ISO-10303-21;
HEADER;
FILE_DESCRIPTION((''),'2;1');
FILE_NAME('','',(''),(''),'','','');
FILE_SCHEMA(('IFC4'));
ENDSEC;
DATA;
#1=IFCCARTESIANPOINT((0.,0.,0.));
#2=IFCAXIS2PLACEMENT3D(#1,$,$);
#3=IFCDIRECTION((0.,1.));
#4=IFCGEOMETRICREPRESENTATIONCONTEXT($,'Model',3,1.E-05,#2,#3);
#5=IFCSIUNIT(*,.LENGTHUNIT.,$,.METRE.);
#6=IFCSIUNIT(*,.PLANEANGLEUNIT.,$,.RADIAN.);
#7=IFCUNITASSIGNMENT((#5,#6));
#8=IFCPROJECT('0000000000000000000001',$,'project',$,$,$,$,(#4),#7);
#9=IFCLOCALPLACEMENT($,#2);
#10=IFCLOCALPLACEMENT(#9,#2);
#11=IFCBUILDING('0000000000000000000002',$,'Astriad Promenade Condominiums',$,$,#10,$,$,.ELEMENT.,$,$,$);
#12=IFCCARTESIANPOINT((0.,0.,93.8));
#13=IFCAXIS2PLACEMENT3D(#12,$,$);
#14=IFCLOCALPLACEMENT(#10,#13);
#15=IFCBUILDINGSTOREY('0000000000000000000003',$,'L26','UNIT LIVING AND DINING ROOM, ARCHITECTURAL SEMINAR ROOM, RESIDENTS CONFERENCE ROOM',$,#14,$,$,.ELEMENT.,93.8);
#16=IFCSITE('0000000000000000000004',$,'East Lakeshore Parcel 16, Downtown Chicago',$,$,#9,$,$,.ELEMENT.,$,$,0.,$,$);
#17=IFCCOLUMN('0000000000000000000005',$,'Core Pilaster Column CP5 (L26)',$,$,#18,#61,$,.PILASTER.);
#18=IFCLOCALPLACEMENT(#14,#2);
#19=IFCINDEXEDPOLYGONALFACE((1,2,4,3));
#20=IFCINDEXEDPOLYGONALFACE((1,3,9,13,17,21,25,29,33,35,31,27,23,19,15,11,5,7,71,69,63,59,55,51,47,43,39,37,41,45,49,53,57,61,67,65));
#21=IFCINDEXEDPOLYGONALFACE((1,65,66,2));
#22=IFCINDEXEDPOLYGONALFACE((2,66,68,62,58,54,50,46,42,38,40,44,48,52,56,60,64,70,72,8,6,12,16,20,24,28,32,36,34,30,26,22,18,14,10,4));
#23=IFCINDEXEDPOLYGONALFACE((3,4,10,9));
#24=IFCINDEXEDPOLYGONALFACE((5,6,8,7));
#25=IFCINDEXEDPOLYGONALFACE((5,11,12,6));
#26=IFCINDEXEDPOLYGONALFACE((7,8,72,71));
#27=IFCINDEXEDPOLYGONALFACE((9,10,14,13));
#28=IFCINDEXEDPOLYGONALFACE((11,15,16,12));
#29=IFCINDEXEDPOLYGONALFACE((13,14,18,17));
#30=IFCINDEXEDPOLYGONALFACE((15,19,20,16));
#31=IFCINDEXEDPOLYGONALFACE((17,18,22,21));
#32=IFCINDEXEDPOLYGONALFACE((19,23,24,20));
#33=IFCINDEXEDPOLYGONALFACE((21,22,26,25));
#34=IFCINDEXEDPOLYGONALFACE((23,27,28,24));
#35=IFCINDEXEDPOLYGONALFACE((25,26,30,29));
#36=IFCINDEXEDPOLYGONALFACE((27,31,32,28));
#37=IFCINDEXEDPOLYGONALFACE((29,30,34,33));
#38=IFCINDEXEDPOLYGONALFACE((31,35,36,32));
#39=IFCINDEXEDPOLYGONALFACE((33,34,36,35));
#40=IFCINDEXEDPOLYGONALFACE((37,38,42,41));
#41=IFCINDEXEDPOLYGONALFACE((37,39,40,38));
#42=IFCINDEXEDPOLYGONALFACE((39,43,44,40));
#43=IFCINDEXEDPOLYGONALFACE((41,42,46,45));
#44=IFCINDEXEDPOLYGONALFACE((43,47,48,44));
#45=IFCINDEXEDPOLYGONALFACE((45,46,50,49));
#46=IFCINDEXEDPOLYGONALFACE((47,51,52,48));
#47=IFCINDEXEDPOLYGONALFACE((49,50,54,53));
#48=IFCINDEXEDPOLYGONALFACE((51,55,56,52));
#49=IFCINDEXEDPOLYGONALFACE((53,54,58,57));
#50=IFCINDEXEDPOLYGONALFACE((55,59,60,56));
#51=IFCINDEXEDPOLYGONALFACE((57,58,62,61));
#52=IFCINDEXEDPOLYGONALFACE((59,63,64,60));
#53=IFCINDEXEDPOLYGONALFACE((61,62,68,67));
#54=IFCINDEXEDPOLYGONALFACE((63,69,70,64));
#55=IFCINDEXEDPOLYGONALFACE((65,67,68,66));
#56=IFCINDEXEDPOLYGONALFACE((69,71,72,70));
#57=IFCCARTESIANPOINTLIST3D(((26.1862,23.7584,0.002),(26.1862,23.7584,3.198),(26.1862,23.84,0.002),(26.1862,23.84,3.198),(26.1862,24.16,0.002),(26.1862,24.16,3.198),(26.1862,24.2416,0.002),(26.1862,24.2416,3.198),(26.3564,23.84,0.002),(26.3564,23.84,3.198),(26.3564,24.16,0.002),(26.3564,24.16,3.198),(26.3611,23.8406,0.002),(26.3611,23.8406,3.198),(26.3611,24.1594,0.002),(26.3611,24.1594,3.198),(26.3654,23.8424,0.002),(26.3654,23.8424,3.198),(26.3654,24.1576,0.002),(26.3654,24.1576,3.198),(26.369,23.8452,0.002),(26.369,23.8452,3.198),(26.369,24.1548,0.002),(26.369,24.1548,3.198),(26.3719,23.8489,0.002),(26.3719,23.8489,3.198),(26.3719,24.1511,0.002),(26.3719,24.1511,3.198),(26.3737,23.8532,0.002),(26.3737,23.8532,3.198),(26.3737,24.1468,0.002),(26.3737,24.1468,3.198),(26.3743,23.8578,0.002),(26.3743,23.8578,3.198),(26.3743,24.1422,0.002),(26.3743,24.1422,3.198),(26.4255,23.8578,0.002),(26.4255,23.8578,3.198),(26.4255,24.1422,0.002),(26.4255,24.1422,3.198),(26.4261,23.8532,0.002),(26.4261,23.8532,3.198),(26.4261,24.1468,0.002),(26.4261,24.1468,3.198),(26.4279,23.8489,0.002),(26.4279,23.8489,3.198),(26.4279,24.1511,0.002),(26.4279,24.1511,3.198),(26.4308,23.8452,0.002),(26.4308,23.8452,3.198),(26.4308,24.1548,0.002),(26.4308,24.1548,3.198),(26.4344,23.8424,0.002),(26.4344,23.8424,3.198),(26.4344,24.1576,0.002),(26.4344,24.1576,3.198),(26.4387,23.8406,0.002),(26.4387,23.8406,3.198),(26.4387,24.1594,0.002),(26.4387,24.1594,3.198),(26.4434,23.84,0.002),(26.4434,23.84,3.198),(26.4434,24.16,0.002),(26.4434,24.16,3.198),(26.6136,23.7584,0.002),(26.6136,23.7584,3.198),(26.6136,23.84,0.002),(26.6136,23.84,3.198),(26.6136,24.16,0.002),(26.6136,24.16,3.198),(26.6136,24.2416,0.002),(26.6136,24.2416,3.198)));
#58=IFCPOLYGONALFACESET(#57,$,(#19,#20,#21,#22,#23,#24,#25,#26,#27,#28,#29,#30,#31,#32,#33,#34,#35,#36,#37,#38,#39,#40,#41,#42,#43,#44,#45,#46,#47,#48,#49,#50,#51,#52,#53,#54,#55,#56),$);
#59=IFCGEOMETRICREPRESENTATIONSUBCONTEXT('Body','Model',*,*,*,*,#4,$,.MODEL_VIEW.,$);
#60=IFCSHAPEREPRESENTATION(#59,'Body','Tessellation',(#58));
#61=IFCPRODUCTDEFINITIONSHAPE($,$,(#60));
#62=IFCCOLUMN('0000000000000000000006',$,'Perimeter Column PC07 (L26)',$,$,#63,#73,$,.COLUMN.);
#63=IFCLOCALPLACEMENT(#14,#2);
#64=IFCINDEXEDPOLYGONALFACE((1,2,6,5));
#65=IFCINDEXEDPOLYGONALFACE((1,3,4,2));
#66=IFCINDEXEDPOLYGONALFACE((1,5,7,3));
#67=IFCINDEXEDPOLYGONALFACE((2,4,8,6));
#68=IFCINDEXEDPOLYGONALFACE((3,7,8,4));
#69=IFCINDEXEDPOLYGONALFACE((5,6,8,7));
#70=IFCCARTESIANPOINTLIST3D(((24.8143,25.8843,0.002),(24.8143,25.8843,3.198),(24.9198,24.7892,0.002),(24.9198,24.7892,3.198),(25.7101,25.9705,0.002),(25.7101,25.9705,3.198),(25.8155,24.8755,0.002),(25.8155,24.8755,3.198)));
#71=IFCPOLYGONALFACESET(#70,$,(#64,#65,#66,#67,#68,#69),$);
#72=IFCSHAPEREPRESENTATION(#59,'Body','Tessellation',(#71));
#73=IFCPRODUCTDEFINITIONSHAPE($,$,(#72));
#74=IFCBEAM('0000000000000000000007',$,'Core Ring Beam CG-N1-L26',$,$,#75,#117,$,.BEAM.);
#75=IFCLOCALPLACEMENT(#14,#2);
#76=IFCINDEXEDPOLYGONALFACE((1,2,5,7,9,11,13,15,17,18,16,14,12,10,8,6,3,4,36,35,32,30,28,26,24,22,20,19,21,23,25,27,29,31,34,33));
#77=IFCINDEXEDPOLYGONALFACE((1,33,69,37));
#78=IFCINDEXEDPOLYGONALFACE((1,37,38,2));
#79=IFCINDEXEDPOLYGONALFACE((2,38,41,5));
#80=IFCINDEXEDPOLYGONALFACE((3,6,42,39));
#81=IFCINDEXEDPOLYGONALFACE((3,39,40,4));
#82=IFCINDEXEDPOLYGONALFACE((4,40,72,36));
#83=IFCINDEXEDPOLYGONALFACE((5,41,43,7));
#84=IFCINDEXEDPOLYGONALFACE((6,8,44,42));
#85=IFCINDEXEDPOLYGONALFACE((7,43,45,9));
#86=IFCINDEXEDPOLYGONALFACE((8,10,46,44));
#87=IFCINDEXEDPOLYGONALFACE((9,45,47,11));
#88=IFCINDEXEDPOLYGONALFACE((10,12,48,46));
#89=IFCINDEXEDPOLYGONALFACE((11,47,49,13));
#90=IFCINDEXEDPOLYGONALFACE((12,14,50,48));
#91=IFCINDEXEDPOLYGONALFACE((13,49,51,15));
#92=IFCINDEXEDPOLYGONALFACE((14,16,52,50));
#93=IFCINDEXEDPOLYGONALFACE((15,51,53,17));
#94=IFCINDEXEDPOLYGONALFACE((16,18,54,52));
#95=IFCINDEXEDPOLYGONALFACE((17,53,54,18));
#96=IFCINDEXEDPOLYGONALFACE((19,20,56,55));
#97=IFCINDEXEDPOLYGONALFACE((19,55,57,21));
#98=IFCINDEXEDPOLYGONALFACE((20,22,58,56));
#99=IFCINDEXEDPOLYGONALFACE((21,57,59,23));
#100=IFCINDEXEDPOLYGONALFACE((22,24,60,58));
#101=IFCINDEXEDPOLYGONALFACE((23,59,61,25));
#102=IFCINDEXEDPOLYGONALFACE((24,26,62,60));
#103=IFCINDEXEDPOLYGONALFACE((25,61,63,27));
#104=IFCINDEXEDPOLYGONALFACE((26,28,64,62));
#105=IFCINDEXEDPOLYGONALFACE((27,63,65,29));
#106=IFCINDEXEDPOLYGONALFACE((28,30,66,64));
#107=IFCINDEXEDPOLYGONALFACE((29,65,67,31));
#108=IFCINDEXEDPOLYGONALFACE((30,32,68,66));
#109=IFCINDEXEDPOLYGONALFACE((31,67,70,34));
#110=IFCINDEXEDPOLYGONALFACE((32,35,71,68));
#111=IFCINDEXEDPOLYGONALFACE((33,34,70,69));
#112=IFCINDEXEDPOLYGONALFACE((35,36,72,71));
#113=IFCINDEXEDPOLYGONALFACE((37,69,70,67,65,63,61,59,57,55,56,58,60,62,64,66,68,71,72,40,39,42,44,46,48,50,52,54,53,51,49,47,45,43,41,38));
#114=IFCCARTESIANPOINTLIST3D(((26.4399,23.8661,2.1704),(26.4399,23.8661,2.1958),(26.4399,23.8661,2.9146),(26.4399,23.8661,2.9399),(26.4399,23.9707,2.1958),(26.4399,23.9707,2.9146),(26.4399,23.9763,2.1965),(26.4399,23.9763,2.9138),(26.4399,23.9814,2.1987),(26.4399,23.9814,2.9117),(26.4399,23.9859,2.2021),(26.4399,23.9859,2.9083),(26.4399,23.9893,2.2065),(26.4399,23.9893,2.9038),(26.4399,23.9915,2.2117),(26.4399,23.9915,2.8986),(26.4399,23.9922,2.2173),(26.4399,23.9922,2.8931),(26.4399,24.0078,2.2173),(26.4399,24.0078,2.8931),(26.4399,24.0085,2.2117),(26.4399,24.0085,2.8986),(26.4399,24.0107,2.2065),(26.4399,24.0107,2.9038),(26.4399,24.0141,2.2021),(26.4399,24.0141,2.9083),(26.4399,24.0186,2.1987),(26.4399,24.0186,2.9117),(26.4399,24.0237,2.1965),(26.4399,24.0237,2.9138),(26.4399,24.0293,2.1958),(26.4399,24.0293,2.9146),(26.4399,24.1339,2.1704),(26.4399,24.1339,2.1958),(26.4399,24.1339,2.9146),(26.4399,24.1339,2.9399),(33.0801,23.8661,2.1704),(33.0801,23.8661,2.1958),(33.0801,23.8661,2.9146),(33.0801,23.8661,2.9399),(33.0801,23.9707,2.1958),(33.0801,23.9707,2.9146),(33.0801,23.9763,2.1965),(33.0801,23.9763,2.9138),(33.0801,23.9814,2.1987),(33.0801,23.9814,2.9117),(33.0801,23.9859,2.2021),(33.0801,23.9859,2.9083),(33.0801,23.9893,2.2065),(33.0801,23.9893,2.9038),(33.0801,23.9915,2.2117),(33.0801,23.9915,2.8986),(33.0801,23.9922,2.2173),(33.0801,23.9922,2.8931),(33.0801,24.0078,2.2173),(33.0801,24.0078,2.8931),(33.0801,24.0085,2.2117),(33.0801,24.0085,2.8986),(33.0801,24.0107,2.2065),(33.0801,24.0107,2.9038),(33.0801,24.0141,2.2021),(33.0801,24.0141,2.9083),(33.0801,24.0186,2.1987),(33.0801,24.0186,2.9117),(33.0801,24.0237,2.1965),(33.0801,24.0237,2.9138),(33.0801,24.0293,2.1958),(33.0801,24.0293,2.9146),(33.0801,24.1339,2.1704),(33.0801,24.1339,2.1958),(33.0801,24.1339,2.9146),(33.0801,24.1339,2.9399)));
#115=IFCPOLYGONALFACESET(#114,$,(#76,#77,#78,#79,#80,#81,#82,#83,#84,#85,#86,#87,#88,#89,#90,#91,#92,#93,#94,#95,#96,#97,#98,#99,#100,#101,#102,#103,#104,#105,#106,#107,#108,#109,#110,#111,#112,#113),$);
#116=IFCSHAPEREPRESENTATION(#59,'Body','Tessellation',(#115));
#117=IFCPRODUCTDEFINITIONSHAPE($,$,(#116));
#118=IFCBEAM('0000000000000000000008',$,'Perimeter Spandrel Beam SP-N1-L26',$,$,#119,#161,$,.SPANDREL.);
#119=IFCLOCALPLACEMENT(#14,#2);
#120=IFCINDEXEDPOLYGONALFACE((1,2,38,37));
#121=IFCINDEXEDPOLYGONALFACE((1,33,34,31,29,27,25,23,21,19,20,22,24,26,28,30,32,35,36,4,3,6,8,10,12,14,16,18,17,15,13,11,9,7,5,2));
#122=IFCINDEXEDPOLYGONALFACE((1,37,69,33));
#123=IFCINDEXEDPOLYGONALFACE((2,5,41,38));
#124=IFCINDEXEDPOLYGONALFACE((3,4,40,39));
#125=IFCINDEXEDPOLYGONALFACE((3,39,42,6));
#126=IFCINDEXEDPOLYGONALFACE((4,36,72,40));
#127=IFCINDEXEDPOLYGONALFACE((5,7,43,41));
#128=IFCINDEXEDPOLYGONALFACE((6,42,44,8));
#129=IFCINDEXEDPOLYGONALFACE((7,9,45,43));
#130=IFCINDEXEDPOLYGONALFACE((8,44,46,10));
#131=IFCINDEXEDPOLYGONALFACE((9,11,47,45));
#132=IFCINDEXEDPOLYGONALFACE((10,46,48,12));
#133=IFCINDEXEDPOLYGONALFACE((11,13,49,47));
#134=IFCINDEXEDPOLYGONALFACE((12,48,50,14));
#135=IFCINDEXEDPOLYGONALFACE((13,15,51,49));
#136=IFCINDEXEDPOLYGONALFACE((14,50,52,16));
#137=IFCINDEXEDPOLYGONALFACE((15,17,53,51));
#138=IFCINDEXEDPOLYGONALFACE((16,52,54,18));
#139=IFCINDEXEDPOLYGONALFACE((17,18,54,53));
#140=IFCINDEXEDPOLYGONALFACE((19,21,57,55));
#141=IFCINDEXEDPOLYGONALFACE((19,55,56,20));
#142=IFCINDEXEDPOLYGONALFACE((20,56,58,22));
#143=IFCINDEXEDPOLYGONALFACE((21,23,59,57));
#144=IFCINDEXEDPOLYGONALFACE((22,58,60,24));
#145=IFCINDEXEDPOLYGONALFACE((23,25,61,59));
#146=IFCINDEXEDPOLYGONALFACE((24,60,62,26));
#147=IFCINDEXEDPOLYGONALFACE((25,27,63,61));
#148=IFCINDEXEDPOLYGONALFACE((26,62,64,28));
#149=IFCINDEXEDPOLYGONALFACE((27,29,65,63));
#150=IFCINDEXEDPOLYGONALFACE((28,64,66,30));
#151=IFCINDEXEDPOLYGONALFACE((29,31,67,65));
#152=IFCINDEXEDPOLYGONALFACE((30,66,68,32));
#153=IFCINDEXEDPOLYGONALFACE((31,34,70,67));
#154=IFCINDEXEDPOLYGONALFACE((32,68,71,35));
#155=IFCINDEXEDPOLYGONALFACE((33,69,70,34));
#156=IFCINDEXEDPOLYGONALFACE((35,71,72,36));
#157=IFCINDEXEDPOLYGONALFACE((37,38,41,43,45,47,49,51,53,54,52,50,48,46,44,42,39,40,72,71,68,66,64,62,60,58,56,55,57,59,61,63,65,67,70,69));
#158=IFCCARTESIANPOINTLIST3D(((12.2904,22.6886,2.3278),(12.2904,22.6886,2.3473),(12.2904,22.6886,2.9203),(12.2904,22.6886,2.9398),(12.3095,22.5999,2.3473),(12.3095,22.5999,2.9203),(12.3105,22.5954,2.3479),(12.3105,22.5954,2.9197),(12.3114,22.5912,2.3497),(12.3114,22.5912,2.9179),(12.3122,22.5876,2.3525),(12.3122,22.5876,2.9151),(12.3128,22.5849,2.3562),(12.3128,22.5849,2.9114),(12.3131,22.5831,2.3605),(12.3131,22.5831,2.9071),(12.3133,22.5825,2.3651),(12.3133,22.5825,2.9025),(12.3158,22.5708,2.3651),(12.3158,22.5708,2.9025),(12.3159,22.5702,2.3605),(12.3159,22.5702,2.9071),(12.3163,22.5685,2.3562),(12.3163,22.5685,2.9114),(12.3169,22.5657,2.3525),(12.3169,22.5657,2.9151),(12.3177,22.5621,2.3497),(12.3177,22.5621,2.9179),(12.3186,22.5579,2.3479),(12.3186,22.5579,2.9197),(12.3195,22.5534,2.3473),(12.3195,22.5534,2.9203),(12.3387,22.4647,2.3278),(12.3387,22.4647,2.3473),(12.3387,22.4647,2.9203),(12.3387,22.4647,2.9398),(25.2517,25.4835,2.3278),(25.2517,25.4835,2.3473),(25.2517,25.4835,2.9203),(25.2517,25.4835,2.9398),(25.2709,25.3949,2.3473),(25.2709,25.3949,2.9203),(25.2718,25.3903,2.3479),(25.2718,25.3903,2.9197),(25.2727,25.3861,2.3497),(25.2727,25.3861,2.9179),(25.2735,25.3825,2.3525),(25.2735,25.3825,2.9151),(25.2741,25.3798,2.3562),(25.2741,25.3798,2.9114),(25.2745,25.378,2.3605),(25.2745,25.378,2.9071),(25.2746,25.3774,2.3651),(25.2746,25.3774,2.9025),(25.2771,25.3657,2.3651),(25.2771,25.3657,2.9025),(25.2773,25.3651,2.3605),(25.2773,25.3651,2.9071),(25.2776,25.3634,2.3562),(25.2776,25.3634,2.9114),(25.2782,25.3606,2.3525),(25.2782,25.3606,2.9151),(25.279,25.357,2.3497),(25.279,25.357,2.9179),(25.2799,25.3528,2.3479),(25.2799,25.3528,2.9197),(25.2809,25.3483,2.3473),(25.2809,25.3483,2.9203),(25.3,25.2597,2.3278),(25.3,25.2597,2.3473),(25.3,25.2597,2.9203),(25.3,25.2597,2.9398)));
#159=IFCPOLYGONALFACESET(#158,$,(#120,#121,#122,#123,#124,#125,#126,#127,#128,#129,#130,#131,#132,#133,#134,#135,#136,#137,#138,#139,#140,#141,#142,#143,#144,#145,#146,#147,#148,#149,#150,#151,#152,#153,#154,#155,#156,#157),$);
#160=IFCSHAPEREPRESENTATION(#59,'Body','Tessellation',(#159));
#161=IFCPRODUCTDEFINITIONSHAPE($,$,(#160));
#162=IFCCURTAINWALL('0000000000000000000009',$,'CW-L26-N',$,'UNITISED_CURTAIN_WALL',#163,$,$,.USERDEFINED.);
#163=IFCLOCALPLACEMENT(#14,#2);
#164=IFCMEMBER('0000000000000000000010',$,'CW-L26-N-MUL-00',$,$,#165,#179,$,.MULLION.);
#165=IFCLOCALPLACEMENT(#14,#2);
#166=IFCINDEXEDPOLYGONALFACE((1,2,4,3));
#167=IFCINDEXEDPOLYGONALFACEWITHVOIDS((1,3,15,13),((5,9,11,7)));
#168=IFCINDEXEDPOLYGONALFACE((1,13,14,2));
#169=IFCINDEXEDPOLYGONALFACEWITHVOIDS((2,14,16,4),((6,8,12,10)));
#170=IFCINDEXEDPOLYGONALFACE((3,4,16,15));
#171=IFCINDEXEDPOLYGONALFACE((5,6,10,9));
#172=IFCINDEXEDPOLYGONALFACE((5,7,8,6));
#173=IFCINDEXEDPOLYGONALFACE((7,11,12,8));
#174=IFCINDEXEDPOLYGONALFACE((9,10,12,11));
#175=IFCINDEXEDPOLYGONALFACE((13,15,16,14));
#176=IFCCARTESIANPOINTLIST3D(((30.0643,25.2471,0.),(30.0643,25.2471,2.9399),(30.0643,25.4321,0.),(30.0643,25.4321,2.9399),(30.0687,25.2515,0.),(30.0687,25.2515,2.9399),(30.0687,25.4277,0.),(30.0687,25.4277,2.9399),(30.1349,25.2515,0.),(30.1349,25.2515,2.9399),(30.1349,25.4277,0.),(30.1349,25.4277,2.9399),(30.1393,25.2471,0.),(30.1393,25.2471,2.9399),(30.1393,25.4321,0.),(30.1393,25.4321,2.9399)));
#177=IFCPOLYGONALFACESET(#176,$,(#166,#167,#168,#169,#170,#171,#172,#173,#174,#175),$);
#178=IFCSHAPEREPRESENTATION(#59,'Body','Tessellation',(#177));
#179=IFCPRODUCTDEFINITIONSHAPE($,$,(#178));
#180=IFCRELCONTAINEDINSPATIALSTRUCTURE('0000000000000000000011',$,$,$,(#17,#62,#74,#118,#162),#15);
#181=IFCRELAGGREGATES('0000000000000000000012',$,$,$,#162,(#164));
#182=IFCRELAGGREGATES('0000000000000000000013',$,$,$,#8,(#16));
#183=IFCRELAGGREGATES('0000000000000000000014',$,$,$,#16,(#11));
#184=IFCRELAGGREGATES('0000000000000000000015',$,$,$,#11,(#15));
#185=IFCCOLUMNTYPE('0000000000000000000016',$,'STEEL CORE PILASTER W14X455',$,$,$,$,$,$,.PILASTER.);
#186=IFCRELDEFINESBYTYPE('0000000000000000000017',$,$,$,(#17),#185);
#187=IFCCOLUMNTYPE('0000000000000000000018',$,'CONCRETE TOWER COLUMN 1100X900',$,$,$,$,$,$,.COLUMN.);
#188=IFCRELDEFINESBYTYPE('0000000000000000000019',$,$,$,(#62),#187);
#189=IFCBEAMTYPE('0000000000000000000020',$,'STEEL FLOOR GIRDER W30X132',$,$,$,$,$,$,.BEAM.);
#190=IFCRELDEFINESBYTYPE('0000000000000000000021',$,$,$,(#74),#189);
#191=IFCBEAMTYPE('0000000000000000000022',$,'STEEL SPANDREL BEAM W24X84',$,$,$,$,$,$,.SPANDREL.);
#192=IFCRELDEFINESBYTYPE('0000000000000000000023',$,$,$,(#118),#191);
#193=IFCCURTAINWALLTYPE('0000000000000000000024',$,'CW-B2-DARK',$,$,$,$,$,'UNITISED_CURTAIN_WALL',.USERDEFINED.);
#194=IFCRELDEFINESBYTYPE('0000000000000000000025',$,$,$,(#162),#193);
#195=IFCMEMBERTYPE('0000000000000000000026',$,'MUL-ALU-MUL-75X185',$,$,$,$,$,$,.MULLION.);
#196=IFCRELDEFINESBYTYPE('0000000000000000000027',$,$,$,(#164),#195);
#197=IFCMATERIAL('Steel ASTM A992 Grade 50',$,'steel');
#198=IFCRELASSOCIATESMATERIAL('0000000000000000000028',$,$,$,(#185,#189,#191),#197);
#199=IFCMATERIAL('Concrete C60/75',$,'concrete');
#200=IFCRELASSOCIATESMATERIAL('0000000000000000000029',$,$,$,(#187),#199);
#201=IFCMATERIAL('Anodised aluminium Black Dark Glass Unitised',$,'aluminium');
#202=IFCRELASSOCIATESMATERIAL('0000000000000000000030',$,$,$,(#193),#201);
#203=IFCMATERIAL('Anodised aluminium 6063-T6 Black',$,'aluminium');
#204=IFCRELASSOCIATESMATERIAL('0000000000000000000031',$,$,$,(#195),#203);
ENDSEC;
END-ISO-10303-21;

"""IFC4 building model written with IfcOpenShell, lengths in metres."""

from ifc_helpers import new_model, si_unit, direction, frame, origin, origin_2d, place, context, subcontext, project, spatial, rectangle, hollow_rectangle, i_section, extrude, source, transform, mapped, material, material_profile, profile_set, type_object, type_shapes, element, aggregate, save


model = new_model("IFC4")

# Units and contexts
model_context = context("Model", 3, precision=1e-05, world=origin(), true_north=direction((0.0, 1.0)))
body_context = subcontext(model_context, "Body", "Model", "MODEL_VIEW")
ifc_project = project(units=[si_unit("LENGTHUNIT", "METRE"), si_unit("PLANEANGLEUNIT", "RADIAN")], contexts=[model_context])

# Site, building, storey
site_placement = place(None, origin())
site = spatial("IfcSite", under=ifc_project, at=site_placement, Name="East Lakeshore Parcel 16, Downtown Chicago", CompositionType="ELEMENT", RefElevation=0.0)
building_placement = place(site_placement, origin())
building = spatial("IfcBuilding", under=site, at=building_placement, Name="Astriad Promenade Condominiums", CompositionType="ELEMENT")
storey_placement = place(building_placement, frame((0.0, 0.0, 93.8)))
storey = spatial("IfcBuildingStorey", under=building, at=storey_placement, Name="L26", Description="UNIT LIVING AND DINING ROOM, ARCHITECTURAL SEMINAR ROOM, RESIDENTS CONFERENCE ROOM", CompositionType="ELEMENT", Elevation=93.8)

# Columns
ifc_material_1 = material(Name="Steel ASTM A992 Grade 50", Category="steel")
ifc_material_profile_1 = material_profile(ifc_material_1, i_section(OverallWidth=0.4275, OverallDepth=0.4832, WebThickness=0.0513, FlangeThickness=0.0815, FilletRadius=0.0178, at=origin_2d()), Name="W14X455")
ifc_profile_set_1 = profile_set([ifc_material_profile_1], Name="Steel ASTM A992 Grade 50")
column_type_1 = type_object("IfcColumnType", Name="STEEL CORE PILASTER W14X455", PredefinedType="PILASTER", material=ifc_profile_set_1)
shared_shape_1 = source(origin(), body_context, "Body", "SweptSolid", [
    extrude(i_section(OverallWidth=0.4275, OverallDepth=0.4832, WebThickness=0.0513, FlangeThickness=0.0815, FilletRadius=0.0178, at=origin_2d()), origin(), (0.0, 0.0, 1.0), 3.196),
])
type_shapes(column_type_1, [shared_shape_1])
column_1_placement = place(storey_placement, frame((26.3999, 24.0, 0.002), z_axis=(0.0, 0.0, 1.0), x_axis=(1.0, 0.0, 0.0)))
element("IfcColumn", 1, at=column_1_placement, inside=storey, type_object=column_type_1, Name="Core Pilaster Column CP5 (L26)", PredefinedType="PILASTER", context=body_context, shape_type="MappedRepresentation", body=[
    mapped(shared_shape_1, transform((0.0, 0.0, 0.0), scale=1.0)),
])
ifc_material_2 = material(Name="Concrete C60/75", Category="concrete")
ifc_material_profile_2 = material_profile(ifc_material_2, rectangle(XDim=0.8999, YDim=1.1001, at=origin_2d()), Name="RC-COL-1100X900")
ifc_profile_set_2 = profile_set([ifc_material_profile_2], Name="Concrete C60/75")
column_type_2 = type_object("IfcColumnType", Name="CONCRETE TOWER COLUMN 1100X900", PredefinedType="COLUMN", material=ifc_profile_set_2)
shared_shape_2 = source(origin(), body_context, "Body", "SweptSolid", [
    extrude(rectangle(XDim=0.8999, YDim=1.1001, at=origin_2d()), origin(), (0.0, 0.0, 1.0), 3.196),
])
type_shapes(column_type_2, [shared_shape_2])
column_2_placement = place(storey_placement, frame((25.3149, 25.3799, 0.002), z_axis=(0.0, 0.0, 1.0), x_axis=(0.995396, 0.095846, 0.0)))
element("IfcColumn", 2, at=column_2_placement, inside=storey, type_object=column_type_2, Name="Perimeter Column PC07 (L26)", PredefinedType="COLUMN", context=body_context, shape_type="MappedRepresentation", body=[
    mapped(shared_shape_2, transform((0.0, 0.0, 0.0), scale=1.0)),
])

# Beams
ifc_material_profile_3 = material_profile(ifc_material_1, i_section(OverallWidth=0.2678, OverallDepth=0.7695, WebThickness=0.0156, FlangeThickness=0.0254, FilletRadius=0.0215, at=origin_2d()), Name="W30X132")
ifc_profile_set_3 = profile_set([ifc_material_profile_3], Name="Steel ASTM A992 Grade 50")
beam_type_1 = type_object("IfcBeamType", Name="STEEL FLOOR GIRDER W30X132", PredefinedType="BEAM", material=ifc_profile_set_3)
shared_shape_3 = source(origin(), body_context, "Body", "SweptSolid", [
    extrude(i_section(OverallWidth=0.2678, OverallDepth=0.7695, WebThickness=0.0156, FlangeThickness=0.0254, FilletRadius=0.0215, at=origin_2d()), origin(), (0.0, 0.0, 1.0), 6.6401),
])
type_shapes(beam_type_1, [shared_shape_3])
beam_1_placement = place(storey_placement, frame((26.4399, 24.0, 2.5552), z_axis=(1.0, 0.0, 0.0), x_axis=(0.0, 1.0, 0.0)))
element("IfcBeam", 3, at=beam_1_placement, inside=storey, type_object=beam_type_1, Name="Core Ring Beam CG-N1-L26", PredefinedType="BEAM", context=body_context, shape_type="MappedRepresentation", body=[
    mapped(shared_shape_3, transform((0.0, 0.0, 0.0), scale=1.0)),
])
ifc_material_profile_4 = material_profile(ifc_material_1, i_section(OverallWidth=0.229, OverallDepth=0.6121, WebThickness=0.012, FlangeThickness=0.0195, FilletRadius=0.0178, at=origin_2d()), Name="W24X84")
ifc_profile_set_4 = profile_set([ifc_material_profile_4], Name="Steel ASTM A992 Grade 50")
beam_type_2 = type_object("IfcBeamType", Name="STEEL SPANDREL BEAM W24X84", PredefinedType="SPANDREL", material=ifc_profile_set_4)
shared_shape_4 = source(origin(), body_context, "Body", "SweptSolid", [
    extrude(i_section(OverallWidth=0.229, OverallDepth=0.6121, WebThickness=0.012, FlangeThickness=0.0195, FilletRadius=0.0178, at=origin_2d()), origin(), (0.0, 0.0, 1.0), 13.2593),
])
type_shapes(beam_type_2, [shared_shape_4])
beam_2_placement = place(storey_placement, frame((25.2759, 25.3716, 2.6338), z_axis=(-0.977532, -0.210789, 0.0), x_axis=(0.210789, -0.977532, 0.0)))
element("IfcBeam", 4, at=beam_2_placement, inside=storey, type_object=beam_type_2, Name="Perimeter Spandrel Beam SP-N1-L26", PredefinedType="SPANDREL", context=body_context, shape_type="MappedRepresentation", body=[
    mapped(shared_shape_4, transform((0.0, 0.0, 0.0), scale=1.0)),
])

# Curtain wall, member
ifc_material_3 = material(Name="Anodised aluminium Black Dark Glass Unitised", Category="aluminium")
curtain_wall_type = type_object("IfcCurtainWallType", Name="CW-B2-DARK", ElementType="UNITISED_CURTAIN_WALL", PredefinedType="USERDEFINED", material=ifc_material_3)
curtain_wall_placement = place(storey_placement, origin())
curtain_wall = element("IfcCurtainWall", 5, at=curtain_wall_placement, inside=storey, type_object=curtain_wall_type, Name="CW-L26-N", ObjectType="UNITISED_CURTAIN_WALL", PredefinedType="USERDEFINED")
ifc_material_4 = material(Name="Anodised aluminium 6063-T6 Black", Category="aluminium")
ifc_material_profile_5 = material_profile(ifc_material_4, hollow_rectangle(XDim=0.075, YDim=0.1851, WallThickness=0.0044, at=origin_2d()), Name="ALU-MUL-75X185")
ifc_profile_set_5 = profile_set([ifc_material_profile_5], Name="Anodised aluminium 6063-T6 Black")
member_type_1 = type_object("IfcMemberType", Name="MUL-ALU-MUL-75X185", PredefinedType="MULLION", material=ifc_profile_set_5)
shared_shape_5 = source(origin(), body_context, "Body", "SweptSolid", [
    extrude(hollow_rectangle(XDim=0.075, YDim=0.1851, WallThickness=0.0044, at=origin_2d()), origin(), (0.0, 0.0, 1.0), 2.9399),
])
type_shapes(member_type_1, [shared_shape_5])
member_1_placement = place(storey_placement, frame((30.1018, 25.3396, 0.0), z_axis=(0.0, 0.0, 1.0), x_axis=(1.0, 0.0, 0.0)))
member_1 = element("IfcMember", 6, at=member_1_placement, type_object=member_type_1, Name="CW-L26-N-MUL-00", PredefinedType="MULLION", context=body_context, shape_type="MappedRepresentation", body=[
    mapped(shared_shape_5, transform((0.0, 0.0, 0.0), scale=1.0)),
])
aggregate(curtain_wall, [member_1])

save(model, "model.ifc")
